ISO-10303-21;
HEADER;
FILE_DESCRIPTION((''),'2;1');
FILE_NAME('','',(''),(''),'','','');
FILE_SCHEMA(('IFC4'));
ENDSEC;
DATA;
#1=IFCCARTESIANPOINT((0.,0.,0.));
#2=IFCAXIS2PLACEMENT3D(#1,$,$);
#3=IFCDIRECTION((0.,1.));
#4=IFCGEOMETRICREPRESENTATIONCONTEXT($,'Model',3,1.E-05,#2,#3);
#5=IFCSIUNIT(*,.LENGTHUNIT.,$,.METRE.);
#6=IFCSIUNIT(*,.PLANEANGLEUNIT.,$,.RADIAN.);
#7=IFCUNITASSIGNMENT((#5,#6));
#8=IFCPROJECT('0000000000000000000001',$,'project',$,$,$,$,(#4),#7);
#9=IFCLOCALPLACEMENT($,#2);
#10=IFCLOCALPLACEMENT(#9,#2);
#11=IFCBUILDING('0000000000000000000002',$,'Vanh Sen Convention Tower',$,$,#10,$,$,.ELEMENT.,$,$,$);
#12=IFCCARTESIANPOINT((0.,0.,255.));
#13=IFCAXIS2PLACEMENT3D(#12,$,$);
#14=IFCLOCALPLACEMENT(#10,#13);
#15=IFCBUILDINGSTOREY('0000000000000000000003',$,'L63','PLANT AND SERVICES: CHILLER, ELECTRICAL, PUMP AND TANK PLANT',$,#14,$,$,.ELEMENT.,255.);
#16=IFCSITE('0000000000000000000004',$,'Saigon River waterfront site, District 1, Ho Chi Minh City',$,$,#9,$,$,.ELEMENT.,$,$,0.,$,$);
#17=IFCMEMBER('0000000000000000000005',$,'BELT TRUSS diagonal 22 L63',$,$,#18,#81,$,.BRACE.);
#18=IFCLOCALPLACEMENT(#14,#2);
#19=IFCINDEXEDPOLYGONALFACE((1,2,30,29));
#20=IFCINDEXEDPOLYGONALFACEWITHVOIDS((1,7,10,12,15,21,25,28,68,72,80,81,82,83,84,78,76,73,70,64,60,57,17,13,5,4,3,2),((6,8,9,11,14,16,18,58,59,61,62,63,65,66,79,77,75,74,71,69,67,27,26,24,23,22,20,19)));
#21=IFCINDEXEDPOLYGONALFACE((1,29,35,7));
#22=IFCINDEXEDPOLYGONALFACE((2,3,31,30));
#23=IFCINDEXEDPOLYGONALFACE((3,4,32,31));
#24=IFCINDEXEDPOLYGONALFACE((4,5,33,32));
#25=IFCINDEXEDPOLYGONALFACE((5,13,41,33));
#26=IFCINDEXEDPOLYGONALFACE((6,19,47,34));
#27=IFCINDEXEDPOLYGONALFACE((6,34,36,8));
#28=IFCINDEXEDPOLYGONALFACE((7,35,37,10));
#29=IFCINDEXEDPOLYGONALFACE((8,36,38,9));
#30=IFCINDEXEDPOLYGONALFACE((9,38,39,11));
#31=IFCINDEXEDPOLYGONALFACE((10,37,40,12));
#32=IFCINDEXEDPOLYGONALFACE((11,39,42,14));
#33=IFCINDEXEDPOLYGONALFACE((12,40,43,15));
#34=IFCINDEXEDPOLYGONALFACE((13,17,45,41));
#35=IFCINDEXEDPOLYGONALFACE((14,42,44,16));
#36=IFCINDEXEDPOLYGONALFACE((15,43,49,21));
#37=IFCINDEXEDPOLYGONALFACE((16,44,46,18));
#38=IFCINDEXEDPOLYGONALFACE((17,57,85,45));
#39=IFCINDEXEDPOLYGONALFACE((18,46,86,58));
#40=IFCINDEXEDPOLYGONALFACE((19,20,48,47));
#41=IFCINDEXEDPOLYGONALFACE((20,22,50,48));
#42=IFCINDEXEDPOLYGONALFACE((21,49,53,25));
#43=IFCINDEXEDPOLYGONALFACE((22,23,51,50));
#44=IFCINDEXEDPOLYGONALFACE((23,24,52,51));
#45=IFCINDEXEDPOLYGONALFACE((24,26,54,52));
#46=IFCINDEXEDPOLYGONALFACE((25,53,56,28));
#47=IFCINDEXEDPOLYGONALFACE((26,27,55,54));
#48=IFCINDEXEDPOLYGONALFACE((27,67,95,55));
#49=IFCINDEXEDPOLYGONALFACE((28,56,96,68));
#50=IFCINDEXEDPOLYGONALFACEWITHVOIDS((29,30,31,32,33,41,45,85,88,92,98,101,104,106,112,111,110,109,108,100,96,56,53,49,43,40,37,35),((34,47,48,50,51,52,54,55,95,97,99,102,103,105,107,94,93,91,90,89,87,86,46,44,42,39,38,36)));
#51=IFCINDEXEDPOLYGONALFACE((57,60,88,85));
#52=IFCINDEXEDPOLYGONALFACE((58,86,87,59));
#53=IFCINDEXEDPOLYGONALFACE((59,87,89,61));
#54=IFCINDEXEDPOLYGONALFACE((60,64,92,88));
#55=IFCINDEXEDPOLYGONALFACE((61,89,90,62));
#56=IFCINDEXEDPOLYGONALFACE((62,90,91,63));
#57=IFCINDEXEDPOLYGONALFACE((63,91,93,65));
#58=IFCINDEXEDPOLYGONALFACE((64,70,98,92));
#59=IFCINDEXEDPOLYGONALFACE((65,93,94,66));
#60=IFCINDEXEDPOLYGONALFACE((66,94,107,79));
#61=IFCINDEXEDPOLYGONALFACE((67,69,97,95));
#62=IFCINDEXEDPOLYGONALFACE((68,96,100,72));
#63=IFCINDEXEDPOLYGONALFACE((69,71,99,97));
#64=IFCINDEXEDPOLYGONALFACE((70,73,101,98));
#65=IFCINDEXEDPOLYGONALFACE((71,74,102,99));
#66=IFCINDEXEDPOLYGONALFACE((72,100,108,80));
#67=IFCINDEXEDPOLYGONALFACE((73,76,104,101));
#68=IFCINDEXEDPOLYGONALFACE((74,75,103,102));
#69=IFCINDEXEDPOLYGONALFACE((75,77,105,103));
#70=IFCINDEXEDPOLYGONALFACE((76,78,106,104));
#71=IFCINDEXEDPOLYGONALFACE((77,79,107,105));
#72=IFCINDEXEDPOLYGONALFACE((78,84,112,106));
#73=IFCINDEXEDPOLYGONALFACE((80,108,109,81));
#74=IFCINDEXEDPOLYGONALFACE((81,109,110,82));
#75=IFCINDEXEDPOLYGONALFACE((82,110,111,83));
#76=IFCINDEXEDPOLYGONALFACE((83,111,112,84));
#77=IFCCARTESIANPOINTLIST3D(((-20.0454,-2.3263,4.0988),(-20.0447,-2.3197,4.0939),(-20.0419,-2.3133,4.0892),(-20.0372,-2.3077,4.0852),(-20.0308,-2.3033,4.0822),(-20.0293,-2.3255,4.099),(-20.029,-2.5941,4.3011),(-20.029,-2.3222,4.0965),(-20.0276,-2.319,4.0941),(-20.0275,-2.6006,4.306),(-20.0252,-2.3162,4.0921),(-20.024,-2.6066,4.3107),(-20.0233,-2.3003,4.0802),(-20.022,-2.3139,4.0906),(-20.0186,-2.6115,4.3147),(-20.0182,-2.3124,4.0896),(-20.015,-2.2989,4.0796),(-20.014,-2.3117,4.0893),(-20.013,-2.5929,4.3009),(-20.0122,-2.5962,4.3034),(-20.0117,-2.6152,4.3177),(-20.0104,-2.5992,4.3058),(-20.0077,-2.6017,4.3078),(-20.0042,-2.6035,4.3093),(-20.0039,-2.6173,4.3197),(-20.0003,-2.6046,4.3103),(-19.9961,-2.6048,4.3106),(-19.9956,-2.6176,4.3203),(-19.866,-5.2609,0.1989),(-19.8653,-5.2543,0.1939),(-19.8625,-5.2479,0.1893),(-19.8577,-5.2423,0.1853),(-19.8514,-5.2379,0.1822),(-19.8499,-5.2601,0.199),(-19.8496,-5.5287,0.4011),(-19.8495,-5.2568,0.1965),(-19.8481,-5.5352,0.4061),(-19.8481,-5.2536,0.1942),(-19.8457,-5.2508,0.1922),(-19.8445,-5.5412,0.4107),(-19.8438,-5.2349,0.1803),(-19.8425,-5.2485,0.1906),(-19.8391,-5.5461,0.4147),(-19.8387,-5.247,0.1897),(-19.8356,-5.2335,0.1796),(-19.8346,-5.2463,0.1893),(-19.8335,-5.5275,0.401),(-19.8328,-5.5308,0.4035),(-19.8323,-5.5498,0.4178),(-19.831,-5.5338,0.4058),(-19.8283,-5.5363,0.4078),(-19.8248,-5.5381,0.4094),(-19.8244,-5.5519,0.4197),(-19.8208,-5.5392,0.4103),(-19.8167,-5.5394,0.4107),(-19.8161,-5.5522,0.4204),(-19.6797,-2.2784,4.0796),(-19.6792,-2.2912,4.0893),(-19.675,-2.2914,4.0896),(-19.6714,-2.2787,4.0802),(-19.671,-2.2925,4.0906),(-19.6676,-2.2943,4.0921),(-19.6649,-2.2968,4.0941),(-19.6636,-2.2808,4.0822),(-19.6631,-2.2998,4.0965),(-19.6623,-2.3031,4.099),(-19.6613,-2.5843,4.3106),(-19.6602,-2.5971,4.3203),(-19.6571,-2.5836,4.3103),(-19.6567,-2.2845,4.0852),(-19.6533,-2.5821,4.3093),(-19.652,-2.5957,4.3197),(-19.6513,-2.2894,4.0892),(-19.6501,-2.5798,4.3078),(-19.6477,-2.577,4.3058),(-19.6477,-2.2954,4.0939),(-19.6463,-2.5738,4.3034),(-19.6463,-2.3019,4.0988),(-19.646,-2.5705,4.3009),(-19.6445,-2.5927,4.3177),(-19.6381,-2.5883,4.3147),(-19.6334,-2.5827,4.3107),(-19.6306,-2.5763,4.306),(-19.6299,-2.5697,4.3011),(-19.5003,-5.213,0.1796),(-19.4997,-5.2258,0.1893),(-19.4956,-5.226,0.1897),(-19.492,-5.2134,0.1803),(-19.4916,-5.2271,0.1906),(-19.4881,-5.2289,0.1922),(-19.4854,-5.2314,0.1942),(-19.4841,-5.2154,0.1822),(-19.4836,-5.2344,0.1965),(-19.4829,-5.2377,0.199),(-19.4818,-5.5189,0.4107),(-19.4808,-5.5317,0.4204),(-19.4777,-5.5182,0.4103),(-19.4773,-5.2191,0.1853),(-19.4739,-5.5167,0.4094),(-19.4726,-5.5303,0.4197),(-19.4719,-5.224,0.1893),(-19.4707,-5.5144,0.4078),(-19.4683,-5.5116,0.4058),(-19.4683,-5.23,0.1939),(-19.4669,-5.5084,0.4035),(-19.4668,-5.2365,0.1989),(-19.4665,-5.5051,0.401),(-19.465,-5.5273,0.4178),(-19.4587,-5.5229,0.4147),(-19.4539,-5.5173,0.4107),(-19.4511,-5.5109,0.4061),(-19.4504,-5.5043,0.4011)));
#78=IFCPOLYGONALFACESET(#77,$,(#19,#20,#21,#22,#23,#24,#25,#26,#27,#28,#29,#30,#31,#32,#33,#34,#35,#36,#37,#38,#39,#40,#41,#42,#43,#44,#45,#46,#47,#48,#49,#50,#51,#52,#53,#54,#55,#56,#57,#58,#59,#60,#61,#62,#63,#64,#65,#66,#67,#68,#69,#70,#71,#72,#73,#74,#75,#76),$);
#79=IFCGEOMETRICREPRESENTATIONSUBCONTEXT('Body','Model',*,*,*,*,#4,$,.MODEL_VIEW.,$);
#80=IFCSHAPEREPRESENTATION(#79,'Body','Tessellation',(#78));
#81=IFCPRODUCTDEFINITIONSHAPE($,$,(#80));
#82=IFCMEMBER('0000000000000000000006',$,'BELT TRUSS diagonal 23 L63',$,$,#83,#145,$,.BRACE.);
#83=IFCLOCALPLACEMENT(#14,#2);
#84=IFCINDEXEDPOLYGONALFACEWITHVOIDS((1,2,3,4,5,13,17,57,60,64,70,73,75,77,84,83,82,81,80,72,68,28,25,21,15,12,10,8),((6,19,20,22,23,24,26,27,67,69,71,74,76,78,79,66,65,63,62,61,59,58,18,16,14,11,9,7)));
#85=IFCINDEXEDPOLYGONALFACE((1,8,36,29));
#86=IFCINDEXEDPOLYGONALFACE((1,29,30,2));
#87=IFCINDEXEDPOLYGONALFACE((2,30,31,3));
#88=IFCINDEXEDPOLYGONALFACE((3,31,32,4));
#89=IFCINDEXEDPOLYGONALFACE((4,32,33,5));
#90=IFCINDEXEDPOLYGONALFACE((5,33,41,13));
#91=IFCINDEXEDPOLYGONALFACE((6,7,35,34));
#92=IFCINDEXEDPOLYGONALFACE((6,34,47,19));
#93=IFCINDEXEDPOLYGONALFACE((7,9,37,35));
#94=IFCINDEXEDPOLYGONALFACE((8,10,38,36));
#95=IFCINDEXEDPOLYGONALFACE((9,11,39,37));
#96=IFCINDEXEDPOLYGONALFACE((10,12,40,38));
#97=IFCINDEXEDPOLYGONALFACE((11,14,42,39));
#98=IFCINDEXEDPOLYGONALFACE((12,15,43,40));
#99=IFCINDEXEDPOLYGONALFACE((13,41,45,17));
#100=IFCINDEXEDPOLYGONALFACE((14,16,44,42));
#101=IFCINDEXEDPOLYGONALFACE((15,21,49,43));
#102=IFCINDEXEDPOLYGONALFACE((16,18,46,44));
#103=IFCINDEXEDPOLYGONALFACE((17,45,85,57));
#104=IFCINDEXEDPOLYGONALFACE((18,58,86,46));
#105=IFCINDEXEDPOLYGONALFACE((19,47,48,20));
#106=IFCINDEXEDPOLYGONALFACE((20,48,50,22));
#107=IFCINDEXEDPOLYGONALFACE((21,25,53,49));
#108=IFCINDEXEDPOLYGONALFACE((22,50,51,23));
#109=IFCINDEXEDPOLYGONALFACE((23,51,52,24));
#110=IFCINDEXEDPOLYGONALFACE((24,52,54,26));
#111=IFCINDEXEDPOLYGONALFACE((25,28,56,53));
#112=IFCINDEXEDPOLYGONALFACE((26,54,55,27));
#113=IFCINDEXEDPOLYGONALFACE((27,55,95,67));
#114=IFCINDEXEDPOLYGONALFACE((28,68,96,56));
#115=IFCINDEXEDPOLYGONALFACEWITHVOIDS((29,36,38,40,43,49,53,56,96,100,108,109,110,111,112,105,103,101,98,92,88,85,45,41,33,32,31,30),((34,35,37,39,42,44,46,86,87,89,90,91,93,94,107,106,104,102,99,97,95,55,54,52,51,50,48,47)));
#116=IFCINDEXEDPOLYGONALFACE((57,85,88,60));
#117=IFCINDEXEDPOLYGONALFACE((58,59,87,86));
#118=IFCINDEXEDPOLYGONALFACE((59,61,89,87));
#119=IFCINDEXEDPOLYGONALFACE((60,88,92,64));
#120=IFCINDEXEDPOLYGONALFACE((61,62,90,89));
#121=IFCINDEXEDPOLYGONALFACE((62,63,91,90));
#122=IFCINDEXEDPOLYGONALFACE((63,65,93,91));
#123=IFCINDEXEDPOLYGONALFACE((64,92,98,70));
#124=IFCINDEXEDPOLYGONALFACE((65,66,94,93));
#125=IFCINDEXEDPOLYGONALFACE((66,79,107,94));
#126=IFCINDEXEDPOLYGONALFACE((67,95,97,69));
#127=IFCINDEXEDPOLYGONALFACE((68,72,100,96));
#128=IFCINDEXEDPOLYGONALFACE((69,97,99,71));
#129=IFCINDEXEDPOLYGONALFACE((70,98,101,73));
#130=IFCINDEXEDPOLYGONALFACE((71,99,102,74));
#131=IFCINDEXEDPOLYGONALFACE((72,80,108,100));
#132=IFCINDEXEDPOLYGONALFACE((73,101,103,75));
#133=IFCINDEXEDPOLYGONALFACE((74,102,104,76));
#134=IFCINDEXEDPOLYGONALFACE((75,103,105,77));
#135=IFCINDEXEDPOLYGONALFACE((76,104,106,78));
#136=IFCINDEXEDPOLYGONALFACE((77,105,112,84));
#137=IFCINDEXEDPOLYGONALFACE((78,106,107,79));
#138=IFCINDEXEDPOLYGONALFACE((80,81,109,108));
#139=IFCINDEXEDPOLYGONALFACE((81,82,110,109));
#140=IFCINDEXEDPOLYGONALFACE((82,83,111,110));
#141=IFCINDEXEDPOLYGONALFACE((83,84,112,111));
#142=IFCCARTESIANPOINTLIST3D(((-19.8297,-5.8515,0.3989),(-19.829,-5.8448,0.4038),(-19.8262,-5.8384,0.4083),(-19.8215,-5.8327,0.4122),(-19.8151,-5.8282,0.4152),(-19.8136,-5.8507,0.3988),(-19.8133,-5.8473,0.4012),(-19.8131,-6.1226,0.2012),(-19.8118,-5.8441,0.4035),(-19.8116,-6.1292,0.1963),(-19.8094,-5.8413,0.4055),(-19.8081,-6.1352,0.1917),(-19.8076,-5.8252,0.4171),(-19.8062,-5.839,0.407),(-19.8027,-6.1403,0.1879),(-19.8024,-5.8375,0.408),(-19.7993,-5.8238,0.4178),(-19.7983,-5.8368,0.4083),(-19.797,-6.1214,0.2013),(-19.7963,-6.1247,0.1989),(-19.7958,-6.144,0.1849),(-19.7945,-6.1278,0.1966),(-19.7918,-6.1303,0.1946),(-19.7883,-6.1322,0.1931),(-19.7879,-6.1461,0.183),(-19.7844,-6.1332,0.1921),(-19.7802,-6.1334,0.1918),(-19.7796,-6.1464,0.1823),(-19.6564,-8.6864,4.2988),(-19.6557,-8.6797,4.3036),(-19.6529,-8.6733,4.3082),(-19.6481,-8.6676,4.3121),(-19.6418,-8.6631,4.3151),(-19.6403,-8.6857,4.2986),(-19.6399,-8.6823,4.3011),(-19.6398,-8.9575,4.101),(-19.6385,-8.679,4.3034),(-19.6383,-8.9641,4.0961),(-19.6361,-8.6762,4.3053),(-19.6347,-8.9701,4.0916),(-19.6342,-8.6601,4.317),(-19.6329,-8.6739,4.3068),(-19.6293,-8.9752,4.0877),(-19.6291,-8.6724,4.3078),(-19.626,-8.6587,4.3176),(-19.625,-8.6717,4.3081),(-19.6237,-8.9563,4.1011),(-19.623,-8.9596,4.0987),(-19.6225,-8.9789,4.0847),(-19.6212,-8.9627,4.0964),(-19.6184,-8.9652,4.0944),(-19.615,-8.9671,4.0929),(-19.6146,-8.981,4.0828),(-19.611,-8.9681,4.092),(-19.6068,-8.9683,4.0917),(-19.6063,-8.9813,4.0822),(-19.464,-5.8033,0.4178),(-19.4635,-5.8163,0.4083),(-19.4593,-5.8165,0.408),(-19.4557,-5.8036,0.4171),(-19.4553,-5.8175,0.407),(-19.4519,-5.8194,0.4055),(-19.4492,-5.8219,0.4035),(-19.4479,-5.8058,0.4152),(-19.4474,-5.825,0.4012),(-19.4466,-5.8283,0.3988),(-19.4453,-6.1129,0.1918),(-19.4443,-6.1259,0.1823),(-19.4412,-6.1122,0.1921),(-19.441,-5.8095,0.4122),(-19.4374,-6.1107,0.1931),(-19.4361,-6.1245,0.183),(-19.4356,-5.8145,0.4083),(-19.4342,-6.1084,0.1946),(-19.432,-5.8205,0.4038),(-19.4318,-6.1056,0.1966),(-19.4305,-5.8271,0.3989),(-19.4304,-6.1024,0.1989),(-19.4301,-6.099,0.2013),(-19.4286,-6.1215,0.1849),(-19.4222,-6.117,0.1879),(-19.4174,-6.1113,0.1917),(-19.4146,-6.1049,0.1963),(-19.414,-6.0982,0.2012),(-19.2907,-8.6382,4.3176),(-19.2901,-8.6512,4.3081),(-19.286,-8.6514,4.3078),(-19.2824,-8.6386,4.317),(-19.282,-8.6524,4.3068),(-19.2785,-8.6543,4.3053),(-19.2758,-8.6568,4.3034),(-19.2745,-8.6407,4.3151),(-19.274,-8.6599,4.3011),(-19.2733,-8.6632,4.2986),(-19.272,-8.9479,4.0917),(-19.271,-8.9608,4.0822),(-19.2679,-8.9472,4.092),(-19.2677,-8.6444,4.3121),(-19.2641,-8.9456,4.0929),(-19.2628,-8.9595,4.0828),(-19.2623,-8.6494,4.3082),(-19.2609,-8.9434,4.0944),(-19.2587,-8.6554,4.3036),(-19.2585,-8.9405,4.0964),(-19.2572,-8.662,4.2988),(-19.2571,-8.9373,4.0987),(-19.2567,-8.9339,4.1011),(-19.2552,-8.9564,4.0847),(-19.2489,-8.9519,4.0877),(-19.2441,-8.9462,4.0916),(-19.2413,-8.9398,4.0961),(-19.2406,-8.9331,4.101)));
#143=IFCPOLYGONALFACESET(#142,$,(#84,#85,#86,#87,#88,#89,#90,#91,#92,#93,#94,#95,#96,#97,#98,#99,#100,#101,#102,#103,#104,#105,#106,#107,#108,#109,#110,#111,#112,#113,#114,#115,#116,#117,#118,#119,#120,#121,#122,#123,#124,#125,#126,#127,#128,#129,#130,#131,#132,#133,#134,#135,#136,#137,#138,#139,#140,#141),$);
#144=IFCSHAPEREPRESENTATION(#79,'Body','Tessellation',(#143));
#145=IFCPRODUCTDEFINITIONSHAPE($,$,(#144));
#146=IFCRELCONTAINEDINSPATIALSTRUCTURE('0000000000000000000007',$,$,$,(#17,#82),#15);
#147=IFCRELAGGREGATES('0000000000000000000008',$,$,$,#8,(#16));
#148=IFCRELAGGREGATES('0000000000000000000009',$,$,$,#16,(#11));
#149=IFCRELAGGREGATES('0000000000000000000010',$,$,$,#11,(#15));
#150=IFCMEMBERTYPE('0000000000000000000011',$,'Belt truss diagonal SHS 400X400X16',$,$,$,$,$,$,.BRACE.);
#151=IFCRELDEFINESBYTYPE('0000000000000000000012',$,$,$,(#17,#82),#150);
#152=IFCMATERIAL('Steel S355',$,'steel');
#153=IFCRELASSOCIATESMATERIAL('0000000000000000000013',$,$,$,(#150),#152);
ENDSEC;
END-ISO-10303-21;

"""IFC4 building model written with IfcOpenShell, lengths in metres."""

from ifc_helpers import new_model, si_unit, direction, frame, origin, origin_2d, place, context, subcontext, project, spatial, hollow_rectangle, extrude, material, material_profile, profile_set, type_object, element, save


model = new_model("IFC4")

# Units and contexts
model_context = context("Model", 3, precision=1e-05, world=origin(), true_north=direction((0.0, 1.0)))
body_context = subcontext(model_context, "Body", "Model", "MODEL_VIEW")
ifc_project = project(units=[si_unit("LENGTHUNIT", "METRE"), si_unit("PLANEANGLEUNIT", "RADIAN")], contexts=[model_context])

# Site, building, storey
site_placement = place(None, origin())
site = spatial("IfcSite", under=ifc_project, at=site_placement, Name="Saigon River waterfront site, District 1, Ho Chi Minh City", CompositionType="ELEMENT", RefElevation=0.0)
building_placement = place(site_placement, origin())
building = spatial("IfcBuilding", under=site, at=building_placement, Name="Vanh Sen Convention Tower", CompositionType="ELEMENT")
storey_placement = place(building_placement, frame((0.0, 0.0, 255.0)))
storey = spatial("IfcBuildingStorey", under=building, at=storey_placement, Name="L63", Description="PLANT AND SERVICES: CHILLER, ELECTRICAL, PUMP AND TANK PLANT", CompositionType="ELEMENT", Elevation=255.0)

# Members
ifc_material_1 = material(Name="Steel S355", Category="steel")
ifc_material_profile_1 = material_profile(ifc_material_1, hollow_rectangle(XDim=0.3999, YDim=0.3999, WallThickness=0.0161, InnerFilletRadius=0.0161, OuterFilletRadius=0.032, at=origin_2d()), Name="SHS 400X400X16")
ifc_profile_set_1 = profile_set([ifc_material_profile_1], Name="Steel S355")
member_type_1 = type_object("IfcMemberType", Name="Belt truss diagonal SHS 400X400X16", PredefinedType="BRACE", material=ifc_profile_set_1)
member_1_placement = place(storey_placement, frame((-19.8376, -2.448, 4.2), z_axis=(0.036741, -0.600858, -0.798511), x_axis=(0.998136, 0.061034, 0.0)))
element("IfcMember", 1, at=member_1_placement, inside=storey, type_object=member_type_1, Name="BELT TRUSS diagonal 22 L63", PredefinedType="BRACE", context=body_context, shape_type="SweptSolid", body=[
    extrude(hollow_rectangle(XDim=0.3999, YDim=0.3999, WallThickness=0.0161, InnerFilletRadius=0.0161, OuterFilletRadius=0.032, at=origin_2d()), origin(), (0.0, 0.0, 1.0), 4.884),
])
member_2_placement = place(storey_placement, frame((-19.6218, -5.9749, 0.3), z_axis=(0.035929, -0.587611, 0.808345), x_axis=(0.998136, 0.06103, 0.0)))
element("IfcMember", 2, at=member_2_placement, inside=storey, type_object=member_type_1, Name="BELT TRUSS diagonal 23 L63", PredefinedType="BRACE", context=body_context, shape_type="SweptSolid", body=[
    extrude(hollow_rectangle(XDim=0.3999, YDim=0.3999, WallThickness=0.0161, InnerFilletRadius=0.0161, OuterFilletRadius=0.032, at=origin_2d()), origin(), (0.0, 0.0, 1.0), 4.8245),
])

save(model, "model.ifc")
